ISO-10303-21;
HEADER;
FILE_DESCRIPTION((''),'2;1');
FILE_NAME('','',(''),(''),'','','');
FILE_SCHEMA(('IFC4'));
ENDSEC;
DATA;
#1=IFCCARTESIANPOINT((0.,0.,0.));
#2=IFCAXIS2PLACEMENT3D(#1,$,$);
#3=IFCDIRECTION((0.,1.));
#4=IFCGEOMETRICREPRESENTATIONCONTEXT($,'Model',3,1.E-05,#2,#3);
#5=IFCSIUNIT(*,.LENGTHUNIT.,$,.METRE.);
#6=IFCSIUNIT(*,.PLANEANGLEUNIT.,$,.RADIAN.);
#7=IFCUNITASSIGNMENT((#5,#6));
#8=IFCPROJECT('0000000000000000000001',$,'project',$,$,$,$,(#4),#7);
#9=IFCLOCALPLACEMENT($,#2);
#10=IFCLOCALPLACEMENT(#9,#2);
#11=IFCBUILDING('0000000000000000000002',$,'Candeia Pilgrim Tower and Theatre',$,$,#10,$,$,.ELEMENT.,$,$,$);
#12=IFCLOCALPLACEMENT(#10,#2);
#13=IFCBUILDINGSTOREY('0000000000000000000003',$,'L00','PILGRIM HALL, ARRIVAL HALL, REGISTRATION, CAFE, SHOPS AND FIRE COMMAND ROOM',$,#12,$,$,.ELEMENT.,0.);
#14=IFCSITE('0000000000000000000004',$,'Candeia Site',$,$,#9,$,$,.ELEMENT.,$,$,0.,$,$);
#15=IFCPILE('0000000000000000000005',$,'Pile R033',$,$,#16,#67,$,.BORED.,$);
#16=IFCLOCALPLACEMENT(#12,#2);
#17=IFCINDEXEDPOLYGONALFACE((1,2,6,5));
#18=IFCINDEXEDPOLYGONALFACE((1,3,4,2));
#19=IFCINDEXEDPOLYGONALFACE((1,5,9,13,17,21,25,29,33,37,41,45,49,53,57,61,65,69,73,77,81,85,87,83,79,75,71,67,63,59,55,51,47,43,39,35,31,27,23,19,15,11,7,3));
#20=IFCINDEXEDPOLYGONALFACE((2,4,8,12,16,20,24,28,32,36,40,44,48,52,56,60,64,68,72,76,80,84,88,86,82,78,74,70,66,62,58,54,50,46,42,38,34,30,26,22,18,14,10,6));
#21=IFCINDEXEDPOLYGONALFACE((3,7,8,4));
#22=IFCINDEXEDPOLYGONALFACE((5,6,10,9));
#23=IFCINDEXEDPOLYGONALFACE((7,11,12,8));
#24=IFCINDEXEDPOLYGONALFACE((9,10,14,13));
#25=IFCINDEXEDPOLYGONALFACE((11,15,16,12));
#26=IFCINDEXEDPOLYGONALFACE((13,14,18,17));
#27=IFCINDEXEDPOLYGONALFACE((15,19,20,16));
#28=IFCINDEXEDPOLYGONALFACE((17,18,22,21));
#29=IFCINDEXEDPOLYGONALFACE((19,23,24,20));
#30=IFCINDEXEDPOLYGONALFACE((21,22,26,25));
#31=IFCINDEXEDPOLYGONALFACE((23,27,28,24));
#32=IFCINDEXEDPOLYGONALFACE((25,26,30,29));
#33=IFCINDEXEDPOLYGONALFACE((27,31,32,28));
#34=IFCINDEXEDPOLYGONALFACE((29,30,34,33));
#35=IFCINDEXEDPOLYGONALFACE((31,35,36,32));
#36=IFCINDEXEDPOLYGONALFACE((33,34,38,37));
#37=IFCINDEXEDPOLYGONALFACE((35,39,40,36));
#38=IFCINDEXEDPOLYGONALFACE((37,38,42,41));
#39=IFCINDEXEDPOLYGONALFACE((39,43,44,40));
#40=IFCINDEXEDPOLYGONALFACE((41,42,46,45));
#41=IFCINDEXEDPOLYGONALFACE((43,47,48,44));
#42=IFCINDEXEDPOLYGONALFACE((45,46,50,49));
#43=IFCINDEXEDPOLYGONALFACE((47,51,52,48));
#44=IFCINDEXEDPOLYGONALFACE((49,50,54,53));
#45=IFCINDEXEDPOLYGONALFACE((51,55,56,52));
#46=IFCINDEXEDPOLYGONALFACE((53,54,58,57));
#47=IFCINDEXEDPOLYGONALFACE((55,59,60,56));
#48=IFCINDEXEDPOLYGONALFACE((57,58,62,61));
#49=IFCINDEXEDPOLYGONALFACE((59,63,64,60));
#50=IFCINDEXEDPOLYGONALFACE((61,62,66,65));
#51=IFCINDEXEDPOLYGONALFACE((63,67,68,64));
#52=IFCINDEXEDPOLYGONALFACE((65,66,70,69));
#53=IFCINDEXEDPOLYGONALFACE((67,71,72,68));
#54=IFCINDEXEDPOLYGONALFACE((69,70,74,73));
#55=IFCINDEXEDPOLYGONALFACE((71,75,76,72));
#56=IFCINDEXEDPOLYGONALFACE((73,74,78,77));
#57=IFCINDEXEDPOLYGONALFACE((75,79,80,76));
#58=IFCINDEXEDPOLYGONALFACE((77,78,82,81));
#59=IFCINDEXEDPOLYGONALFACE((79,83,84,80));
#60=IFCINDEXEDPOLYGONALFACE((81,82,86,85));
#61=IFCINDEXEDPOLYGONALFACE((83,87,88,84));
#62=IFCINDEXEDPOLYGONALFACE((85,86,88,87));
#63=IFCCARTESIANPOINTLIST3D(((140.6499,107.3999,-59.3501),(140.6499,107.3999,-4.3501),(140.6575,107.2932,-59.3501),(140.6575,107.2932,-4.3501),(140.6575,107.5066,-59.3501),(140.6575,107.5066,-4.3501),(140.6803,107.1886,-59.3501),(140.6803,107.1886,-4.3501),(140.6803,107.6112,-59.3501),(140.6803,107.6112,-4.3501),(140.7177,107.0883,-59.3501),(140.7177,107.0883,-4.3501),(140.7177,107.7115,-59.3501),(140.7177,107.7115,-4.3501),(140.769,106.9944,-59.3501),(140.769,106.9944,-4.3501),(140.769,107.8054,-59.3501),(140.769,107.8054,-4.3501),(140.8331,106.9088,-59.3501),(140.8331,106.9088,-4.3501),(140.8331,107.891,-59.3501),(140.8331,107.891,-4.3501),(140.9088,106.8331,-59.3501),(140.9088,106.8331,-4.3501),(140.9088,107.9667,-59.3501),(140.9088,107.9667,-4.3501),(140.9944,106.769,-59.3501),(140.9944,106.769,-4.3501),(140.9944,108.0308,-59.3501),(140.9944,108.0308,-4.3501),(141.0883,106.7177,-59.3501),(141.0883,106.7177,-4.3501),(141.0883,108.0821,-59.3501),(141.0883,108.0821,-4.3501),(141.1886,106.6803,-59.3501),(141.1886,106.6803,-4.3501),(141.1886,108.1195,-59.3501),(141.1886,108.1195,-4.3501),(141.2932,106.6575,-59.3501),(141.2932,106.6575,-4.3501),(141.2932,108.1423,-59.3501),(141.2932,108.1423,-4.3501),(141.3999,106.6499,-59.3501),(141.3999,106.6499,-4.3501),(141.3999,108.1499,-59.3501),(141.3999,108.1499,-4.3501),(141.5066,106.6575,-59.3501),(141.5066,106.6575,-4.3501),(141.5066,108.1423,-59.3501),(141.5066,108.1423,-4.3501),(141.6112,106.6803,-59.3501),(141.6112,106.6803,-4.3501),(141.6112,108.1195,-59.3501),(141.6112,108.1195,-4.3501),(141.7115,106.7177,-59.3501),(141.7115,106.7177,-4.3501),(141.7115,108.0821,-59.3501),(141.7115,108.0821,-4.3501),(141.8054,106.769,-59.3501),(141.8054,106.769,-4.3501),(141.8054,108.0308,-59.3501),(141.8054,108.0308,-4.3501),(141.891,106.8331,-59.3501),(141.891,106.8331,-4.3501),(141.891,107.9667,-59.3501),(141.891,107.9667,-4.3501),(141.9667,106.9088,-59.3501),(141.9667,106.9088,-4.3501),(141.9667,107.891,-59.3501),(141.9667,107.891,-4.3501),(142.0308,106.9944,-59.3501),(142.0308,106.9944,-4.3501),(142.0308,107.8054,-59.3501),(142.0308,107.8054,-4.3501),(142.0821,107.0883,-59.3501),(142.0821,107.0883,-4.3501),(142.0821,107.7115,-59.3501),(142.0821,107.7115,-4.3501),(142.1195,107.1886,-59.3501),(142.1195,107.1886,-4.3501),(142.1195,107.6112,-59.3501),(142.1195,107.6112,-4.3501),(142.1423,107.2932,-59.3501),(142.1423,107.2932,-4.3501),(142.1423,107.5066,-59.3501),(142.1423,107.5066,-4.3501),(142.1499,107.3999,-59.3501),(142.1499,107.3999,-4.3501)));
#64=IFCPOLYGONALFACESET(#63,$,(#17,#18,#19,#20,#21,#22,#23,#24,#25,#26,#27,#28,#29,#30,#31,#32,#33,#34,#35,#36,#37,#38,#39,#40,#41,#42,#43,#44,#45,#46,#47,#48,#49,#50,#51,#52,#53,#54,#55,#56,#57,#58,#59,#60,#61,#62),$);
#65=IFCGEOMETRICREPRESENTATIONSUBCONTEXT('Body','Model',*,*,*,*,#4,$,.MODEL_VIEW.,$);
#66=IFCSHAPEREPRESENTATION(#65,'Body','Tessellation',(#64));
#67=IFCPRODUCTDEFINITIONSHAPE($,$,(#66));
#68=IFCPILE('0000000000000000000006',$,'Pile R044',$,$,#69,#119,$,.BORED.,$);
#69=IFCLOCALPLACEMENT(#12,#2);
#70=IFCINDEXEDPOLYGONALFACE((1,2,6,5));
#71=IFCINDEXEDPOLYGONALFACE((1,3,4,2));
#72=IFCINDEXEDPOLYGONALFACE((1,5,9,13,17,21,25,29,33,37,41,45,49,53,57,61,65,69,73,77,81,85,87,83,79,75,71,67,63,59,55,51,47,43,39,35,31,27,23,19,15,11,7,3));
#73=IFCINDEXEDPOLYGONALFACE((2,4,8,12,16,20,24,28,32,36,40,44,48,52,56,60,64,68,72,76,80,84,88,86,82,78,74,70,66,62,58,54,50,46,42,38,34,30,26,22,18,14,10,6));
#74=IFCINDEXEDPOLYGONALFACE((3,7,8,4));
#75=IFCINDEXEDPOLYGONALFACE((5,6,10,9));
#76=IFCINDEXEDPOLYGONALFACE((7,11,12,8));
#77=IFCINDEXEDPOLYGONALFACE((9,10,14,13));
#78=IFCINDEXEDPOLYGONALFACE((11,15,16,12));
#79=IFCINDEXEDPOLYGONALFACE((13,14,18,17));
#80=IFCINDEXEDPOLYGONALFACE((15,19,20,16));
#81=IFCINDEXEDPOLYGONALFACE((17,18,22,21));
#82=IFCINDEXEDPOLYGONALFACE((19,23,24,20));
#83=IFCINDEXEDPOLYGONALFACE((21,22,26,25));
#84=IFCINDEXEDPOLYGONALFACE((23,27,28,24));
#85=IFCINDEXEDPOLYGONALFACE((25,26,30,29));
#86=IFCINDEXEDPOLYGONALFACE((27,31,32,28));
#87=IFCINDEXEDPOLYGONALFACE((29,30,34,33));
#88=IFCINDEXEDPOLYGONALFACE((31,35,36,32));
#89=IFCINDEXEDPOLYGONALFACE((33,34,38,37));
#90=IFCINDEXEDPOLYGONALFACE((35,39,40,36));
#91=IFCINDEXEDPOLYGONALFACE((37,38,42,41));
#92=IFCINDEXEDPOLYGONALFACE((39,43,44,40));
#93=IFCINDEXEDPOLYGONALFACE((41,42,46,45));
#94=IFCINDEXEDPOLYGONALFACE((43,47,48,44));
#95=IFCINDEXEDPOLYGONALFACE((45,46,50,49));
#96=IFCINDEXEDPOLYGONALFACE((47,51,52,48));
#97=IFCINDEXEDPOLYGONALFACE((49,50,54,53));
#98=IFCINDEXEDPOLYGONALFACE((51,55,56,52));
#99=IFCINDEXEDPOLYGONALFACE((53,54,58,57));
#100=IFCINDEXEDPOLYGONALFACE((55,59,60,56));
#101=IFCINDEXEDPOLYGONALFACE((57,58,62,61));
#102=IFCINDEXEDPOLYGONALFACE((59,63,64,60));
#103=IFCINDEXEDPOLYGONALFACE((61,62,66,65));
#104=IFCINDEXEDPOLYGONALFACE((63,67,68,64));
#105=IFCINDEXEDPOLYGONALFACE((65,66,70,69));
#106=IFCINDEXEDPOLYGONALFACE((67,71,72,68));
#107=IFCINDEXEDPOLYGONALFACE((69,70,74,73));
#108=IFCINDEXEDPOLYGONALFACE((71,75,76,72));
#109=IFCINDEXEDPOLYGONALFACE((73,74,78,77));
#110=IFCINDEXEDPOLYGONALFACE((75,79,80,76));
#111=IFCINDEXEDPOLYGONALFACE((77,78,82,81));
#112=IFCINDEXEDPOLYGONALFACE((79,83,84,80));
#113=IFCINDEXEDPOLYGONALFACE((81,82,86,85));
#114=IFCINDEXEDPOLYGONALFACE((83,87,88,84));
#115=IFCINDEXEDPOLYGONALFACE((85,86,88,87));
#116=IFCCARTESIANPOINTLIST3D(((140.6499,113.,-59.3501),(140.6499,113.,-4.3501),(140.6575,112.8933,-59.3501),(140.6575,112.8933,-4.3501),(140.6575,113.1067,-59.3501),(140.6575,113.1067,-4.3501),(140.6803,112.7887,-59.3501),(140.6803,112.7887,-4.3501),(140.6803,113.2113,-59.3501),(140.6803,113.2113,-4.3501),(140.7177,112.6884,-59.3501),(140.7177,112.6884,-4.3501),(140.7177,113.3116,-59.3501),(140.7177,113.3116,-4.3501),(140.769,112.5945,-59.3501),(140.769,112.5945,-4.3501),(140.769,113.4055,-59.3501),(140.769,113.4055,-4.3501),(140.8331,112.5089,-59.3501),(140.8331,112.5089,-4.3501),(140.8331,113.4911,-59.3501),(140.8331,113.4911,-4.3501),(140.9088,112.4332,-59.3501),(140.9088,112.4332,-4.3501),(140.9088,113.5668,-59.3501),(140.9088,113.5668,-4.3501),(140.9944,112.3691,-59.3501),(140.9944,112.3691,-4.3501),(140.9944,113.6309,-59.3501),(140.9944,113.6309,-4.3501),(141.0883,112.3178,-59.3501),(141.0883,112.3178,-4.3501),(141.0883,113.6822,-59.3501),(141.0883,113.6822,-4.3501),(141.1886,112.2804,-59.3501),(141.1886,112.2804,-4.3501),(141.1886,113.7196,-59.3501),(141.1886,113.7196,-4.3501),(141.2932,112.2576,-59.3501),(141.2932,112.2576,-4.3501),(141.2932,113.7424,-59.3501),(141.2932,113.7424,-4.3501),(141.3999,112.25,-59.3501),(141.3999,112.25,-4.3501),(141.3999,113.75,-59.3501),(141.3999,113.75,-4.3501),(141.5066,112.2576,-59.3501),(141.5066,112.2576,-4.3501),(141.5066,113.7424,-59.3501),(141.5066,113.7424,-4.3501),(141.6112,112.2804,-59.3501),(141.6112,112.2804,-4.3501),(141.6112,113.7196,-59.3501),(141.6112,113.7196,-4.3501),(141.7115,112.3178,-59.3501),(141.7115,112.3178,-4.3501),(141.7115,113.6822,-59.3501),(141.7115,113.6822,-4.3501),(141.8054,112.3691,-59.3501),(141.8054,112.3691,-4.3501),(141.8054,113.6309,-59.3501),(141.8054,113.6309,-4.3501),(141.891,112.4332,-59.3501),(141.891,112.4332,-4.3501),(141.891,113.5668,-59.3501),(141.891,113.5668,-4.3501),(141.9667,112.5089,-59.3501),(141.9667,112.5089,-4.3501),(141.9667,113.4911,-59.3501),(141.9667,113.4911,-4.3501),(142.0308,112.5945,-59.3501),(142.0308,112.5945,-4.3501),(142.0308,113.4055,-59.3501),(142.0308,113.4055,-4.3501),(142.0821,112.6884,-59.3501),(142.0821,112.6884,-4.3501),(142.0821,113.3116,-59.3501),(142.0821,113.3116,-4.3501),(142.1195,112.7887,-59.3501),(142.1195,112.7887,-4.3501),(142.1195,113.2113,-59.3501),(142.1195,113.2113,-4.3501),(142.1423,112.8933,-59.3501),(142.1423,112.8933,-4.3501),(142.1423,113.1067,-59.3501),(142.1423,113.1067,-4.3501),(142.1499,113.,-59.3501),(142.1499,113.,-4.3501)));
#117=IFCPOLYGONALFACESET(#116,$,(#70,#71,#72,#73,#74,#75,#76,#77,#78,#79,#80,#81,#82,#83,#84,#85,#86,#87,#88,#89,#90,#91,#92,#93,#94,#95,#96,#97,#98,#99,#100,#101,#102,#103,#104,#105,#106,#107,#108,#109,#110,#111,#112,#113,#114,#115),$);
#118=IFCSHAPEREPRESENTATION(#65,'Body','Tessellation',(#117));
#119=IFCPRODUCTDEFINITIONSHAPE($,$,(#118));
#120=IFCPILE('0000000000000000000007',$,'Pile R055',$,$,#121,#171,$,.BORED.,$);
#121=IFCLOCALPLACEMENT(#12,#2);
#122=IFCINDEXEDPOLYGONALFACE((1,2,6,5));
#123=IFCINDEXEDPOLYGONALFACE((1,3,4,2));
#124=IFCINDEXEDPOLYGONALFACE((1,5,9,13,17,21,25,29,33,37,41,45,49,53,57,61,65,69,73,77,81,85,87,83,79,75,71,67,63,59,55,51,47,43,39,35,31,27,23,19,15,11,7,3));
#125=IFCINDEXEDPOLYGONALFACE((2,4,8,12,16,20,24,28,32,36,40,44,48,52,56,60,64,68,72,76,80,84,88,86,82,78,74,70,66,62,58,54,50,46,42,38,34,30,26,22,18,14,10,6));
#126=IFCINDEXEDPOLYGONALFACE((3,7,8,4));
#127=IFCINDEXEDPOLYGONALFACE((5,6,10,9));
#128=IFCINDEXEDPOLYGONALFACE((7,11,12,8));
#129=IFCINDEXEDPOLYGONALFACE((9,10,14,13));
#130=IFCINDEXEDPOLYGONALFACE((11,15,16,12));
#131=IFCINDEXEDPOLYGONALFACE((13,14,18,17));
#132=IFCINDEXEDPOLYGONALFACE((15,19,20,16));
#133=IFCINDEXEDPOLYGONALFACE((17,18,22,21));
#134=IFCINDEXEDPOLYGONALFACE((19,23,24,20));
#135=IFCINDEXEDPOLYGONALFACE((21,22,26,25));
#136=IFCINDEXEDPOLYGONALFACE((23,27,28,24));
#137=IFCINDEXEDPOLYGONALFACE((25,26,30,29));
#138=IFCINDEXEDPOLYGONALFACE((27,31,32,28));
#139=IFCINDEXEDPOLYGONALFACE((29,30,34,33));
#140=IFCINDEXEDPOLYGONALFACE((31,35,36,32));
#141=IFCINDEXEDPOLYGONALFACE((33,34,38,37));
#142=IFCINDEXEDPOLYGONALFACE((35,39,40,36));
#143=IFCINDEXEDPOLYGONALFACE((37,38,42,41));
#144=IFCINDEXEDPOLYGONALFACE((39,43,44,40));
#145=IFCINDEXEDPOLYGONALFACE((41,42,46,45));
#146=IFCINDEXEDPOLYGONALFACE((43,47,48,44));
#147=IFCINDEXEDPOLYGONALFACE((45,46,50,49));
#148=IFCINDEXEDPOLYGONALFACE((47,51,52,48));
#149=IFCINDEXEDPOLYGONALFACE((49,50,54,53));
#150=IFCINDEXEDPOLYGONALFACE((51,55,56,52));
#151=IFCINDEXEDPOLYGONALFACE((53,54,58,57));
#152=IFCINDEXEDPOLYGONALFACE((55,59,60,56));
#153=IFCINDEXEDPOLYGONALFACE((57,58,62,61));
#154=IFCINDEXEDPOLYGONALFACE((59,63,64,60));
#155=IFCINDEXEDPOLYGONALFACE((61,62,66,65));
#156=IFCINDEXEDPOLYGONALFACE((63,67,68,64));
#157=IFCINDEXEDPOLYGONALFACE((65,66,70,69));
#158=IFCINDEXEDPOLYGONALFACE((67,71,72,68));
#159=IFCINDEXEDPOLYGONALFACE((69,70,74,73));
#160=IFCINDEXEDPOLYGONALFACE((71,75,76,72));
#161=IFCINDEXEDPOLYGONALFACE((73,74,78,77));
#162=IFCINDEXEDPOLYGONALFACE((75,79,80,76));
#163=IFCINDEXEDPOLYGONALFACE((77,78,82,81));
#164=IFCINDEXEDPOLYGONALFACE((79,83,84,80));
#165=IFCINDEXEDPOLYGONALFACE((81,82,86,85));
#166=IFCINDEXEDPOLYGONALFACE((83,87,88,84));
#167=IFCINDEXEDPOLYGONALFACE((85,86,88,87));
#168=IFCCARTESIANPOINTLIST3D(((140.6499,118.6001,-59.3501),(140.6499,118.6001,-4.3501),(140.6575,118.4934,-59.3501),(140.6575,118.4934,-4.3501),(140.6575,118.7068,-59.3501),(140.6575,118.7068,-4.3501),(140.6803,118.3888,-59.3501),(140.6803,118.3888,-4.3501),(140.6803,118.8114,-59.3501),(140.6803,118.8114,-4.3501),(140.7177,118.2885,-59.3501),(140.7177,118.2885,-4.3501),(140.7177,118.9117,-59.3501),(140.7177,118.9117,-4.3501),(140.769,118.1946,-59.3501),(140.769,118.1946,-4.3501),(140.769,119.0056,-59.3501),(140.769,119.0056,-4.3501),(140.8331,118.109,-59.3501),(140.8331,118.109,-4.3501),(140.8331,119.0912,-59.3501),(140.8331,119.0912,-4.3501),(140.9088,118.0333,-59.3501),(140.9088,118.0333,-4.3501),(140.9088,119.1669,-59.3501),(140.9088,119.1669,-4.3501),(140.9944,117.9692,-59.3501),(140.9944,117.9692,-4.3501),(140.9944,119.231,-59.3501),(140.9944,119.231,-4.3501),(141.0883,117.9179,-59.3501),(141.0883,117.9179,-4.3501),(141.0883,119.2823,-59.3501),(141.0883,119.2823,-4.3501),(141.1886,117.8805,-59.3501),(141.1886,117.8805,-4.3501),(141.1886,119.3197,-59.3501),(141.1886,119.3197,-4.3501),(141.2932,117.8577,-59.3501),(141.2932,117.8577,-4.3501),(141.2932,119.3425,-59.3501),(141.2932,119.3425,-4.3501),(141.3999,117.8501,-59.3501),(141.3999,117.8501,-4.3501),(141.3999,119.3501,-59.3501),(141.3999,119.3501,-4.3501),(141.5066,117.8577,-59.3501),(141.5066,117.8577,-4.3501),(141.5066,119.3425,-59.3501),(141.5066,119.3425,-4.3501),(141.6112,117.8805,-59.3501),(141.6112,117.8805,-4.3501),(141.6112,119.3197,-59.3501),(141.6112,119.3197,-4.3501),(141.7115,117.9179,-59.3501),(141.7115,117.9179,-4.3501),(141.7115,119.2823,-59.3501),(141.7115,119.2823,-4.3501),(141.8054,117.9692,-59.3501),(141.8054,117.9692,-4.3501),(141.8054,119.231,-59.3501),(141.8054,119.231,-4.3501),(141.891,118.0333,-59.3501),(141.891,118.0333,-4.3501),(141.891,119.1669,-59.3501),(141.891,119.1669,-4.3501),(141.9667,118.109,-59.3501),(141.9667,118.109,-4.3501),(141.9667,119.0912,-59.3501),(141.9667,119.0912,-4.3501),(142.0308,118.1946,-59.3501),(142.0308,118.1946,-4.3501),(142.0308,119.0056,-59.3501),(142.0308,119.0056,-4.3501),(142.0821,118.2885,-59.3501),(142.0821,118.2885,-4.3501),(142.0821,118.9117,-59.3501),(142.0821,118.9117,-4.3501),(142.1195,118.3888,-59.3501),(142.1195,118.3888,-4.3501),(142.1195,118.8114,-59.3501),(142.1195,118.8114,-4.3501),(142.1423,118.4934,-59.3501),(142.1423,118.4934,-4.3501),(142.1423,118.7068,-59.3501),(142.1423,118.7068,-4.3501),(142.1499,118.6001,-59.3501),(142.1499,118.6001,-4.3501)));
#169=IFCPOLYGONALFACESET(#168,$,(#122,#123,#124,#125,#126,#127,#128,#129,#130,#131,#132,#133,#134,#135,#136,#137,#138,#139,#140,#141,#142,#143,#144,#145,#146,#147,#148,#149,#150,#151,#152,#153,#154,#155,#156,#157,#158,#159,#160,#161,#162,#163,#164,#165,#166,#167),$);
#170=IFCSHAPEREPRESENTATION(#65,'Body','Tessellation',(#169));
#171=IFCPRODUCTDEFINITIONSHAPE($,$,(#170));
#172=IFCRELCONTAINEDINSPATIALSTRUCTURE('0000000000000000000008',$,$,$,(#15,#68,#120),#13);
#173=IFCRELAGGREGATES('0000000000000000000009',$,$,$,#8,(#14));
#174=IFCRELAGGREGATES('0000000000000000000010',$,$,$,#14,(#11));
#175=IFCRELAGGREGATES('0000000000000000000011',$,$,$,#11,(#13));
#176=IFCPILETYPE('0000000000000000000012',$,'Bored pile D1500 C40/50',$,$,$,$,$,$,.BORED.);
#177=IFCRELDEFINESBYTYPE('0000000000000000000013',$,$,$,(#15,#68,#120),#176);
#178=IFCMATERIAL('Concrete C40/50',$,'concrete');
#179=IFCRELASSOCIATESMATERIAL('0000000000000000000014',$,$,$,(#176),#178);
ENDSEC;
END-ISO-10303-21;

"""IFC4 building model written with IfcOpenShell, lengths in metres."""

from ifc_helpers import new_model, si_unit, direction, frame, origin, origin_2d, place, context, subcontext, project, spatial, circle, extrude, material, material_profile, profile_set, type_object, element, save


model = new_model("IFC4")

# Units and contexts
model_context = context("Model", 3, precision=1e-05, world=origin(), true_north=direction((0.0, 1.0)))
body_context = subcontext(model_context, "Body", "Model", "MODEL_VIEW")
ifc_project = project(units=[si_unit("LENGTHUNIT", "METRE"), si_unit("PLANEANGLEUNIT", "RADIAN")], contexts=[model_context])

# Site, building, storey
site_placement = place(None, origin())
site = spatial("IfcSite", under=ifc_project, at=site_placement, Name="Candeia Site", CompositionType="ELEMENT", RefElevation=0.0)
building_placement = place(site_placement, origin())
building = spatial("IfcBuilding", under=site, at=building_placement, Name="Candeia Pilgrim Tower and Theatre", CompositionType="ELEMENT")
storey_placement = place(building_placement, origin())
storey = spatial("IfcBuildingStorey", under=building, at=storey_placement, Name="L00", Description="PILGRIM HALL, ARRIVAL HALL, REGISTRATION, CAFE, SHOPS AND FIRE COMMAND ROOM", CompositionType="ELEMENT", Elevation=0.0)

# Piles
ifc_material_1 = material(Name="Concrete C40/50", Category="concrete")
ifc_material_profile_1 = material_profile(ifc_material_1, circle(Radius=0.75, at=origin_2d()))
ifc_profile_set_1 = profile_set([ifc_material_profile_1], Name="Concrete C40/50")
pile_type = type_object("IfcPileType", Name="Bored pile D1500 C40/50", PredefinedType="BORED", material=ifc_profile_set_1)
for number, where, z_axis, x_axis, name in (
    (1, (141.3999, 107.3999, -4.3501), (0.0, 0.0, -1.0), (1.0, 0.0, 0.0), "Pile R033"),
    (2, (141.3999, 113.0, -4.3501), (0.0, 0.0, -1.0), (1.0, 0.0, 0.0), "Pile R044"),
    (3, (141.3999, 118.6001, -4.3501), (0.0, 0.0, -1.0), (1.0, 0.0, 0.0), "Pile R055"),
):
    element("IfcPile", number, at=place(storey_placement, frame(where, z_axis=z_axis, x_axis=x_axis)), inside=storey, type_object=pile_type, Name=name, PredefinedType="BORED", context=body_context, shape_type="SweptSolid", body=[
        extrude(circle(Radius=0.75, at=origin_2d()), origin(), (0.0, 0.0, 1.0), 55.0),
    ])

save(model, "model.ifc")
